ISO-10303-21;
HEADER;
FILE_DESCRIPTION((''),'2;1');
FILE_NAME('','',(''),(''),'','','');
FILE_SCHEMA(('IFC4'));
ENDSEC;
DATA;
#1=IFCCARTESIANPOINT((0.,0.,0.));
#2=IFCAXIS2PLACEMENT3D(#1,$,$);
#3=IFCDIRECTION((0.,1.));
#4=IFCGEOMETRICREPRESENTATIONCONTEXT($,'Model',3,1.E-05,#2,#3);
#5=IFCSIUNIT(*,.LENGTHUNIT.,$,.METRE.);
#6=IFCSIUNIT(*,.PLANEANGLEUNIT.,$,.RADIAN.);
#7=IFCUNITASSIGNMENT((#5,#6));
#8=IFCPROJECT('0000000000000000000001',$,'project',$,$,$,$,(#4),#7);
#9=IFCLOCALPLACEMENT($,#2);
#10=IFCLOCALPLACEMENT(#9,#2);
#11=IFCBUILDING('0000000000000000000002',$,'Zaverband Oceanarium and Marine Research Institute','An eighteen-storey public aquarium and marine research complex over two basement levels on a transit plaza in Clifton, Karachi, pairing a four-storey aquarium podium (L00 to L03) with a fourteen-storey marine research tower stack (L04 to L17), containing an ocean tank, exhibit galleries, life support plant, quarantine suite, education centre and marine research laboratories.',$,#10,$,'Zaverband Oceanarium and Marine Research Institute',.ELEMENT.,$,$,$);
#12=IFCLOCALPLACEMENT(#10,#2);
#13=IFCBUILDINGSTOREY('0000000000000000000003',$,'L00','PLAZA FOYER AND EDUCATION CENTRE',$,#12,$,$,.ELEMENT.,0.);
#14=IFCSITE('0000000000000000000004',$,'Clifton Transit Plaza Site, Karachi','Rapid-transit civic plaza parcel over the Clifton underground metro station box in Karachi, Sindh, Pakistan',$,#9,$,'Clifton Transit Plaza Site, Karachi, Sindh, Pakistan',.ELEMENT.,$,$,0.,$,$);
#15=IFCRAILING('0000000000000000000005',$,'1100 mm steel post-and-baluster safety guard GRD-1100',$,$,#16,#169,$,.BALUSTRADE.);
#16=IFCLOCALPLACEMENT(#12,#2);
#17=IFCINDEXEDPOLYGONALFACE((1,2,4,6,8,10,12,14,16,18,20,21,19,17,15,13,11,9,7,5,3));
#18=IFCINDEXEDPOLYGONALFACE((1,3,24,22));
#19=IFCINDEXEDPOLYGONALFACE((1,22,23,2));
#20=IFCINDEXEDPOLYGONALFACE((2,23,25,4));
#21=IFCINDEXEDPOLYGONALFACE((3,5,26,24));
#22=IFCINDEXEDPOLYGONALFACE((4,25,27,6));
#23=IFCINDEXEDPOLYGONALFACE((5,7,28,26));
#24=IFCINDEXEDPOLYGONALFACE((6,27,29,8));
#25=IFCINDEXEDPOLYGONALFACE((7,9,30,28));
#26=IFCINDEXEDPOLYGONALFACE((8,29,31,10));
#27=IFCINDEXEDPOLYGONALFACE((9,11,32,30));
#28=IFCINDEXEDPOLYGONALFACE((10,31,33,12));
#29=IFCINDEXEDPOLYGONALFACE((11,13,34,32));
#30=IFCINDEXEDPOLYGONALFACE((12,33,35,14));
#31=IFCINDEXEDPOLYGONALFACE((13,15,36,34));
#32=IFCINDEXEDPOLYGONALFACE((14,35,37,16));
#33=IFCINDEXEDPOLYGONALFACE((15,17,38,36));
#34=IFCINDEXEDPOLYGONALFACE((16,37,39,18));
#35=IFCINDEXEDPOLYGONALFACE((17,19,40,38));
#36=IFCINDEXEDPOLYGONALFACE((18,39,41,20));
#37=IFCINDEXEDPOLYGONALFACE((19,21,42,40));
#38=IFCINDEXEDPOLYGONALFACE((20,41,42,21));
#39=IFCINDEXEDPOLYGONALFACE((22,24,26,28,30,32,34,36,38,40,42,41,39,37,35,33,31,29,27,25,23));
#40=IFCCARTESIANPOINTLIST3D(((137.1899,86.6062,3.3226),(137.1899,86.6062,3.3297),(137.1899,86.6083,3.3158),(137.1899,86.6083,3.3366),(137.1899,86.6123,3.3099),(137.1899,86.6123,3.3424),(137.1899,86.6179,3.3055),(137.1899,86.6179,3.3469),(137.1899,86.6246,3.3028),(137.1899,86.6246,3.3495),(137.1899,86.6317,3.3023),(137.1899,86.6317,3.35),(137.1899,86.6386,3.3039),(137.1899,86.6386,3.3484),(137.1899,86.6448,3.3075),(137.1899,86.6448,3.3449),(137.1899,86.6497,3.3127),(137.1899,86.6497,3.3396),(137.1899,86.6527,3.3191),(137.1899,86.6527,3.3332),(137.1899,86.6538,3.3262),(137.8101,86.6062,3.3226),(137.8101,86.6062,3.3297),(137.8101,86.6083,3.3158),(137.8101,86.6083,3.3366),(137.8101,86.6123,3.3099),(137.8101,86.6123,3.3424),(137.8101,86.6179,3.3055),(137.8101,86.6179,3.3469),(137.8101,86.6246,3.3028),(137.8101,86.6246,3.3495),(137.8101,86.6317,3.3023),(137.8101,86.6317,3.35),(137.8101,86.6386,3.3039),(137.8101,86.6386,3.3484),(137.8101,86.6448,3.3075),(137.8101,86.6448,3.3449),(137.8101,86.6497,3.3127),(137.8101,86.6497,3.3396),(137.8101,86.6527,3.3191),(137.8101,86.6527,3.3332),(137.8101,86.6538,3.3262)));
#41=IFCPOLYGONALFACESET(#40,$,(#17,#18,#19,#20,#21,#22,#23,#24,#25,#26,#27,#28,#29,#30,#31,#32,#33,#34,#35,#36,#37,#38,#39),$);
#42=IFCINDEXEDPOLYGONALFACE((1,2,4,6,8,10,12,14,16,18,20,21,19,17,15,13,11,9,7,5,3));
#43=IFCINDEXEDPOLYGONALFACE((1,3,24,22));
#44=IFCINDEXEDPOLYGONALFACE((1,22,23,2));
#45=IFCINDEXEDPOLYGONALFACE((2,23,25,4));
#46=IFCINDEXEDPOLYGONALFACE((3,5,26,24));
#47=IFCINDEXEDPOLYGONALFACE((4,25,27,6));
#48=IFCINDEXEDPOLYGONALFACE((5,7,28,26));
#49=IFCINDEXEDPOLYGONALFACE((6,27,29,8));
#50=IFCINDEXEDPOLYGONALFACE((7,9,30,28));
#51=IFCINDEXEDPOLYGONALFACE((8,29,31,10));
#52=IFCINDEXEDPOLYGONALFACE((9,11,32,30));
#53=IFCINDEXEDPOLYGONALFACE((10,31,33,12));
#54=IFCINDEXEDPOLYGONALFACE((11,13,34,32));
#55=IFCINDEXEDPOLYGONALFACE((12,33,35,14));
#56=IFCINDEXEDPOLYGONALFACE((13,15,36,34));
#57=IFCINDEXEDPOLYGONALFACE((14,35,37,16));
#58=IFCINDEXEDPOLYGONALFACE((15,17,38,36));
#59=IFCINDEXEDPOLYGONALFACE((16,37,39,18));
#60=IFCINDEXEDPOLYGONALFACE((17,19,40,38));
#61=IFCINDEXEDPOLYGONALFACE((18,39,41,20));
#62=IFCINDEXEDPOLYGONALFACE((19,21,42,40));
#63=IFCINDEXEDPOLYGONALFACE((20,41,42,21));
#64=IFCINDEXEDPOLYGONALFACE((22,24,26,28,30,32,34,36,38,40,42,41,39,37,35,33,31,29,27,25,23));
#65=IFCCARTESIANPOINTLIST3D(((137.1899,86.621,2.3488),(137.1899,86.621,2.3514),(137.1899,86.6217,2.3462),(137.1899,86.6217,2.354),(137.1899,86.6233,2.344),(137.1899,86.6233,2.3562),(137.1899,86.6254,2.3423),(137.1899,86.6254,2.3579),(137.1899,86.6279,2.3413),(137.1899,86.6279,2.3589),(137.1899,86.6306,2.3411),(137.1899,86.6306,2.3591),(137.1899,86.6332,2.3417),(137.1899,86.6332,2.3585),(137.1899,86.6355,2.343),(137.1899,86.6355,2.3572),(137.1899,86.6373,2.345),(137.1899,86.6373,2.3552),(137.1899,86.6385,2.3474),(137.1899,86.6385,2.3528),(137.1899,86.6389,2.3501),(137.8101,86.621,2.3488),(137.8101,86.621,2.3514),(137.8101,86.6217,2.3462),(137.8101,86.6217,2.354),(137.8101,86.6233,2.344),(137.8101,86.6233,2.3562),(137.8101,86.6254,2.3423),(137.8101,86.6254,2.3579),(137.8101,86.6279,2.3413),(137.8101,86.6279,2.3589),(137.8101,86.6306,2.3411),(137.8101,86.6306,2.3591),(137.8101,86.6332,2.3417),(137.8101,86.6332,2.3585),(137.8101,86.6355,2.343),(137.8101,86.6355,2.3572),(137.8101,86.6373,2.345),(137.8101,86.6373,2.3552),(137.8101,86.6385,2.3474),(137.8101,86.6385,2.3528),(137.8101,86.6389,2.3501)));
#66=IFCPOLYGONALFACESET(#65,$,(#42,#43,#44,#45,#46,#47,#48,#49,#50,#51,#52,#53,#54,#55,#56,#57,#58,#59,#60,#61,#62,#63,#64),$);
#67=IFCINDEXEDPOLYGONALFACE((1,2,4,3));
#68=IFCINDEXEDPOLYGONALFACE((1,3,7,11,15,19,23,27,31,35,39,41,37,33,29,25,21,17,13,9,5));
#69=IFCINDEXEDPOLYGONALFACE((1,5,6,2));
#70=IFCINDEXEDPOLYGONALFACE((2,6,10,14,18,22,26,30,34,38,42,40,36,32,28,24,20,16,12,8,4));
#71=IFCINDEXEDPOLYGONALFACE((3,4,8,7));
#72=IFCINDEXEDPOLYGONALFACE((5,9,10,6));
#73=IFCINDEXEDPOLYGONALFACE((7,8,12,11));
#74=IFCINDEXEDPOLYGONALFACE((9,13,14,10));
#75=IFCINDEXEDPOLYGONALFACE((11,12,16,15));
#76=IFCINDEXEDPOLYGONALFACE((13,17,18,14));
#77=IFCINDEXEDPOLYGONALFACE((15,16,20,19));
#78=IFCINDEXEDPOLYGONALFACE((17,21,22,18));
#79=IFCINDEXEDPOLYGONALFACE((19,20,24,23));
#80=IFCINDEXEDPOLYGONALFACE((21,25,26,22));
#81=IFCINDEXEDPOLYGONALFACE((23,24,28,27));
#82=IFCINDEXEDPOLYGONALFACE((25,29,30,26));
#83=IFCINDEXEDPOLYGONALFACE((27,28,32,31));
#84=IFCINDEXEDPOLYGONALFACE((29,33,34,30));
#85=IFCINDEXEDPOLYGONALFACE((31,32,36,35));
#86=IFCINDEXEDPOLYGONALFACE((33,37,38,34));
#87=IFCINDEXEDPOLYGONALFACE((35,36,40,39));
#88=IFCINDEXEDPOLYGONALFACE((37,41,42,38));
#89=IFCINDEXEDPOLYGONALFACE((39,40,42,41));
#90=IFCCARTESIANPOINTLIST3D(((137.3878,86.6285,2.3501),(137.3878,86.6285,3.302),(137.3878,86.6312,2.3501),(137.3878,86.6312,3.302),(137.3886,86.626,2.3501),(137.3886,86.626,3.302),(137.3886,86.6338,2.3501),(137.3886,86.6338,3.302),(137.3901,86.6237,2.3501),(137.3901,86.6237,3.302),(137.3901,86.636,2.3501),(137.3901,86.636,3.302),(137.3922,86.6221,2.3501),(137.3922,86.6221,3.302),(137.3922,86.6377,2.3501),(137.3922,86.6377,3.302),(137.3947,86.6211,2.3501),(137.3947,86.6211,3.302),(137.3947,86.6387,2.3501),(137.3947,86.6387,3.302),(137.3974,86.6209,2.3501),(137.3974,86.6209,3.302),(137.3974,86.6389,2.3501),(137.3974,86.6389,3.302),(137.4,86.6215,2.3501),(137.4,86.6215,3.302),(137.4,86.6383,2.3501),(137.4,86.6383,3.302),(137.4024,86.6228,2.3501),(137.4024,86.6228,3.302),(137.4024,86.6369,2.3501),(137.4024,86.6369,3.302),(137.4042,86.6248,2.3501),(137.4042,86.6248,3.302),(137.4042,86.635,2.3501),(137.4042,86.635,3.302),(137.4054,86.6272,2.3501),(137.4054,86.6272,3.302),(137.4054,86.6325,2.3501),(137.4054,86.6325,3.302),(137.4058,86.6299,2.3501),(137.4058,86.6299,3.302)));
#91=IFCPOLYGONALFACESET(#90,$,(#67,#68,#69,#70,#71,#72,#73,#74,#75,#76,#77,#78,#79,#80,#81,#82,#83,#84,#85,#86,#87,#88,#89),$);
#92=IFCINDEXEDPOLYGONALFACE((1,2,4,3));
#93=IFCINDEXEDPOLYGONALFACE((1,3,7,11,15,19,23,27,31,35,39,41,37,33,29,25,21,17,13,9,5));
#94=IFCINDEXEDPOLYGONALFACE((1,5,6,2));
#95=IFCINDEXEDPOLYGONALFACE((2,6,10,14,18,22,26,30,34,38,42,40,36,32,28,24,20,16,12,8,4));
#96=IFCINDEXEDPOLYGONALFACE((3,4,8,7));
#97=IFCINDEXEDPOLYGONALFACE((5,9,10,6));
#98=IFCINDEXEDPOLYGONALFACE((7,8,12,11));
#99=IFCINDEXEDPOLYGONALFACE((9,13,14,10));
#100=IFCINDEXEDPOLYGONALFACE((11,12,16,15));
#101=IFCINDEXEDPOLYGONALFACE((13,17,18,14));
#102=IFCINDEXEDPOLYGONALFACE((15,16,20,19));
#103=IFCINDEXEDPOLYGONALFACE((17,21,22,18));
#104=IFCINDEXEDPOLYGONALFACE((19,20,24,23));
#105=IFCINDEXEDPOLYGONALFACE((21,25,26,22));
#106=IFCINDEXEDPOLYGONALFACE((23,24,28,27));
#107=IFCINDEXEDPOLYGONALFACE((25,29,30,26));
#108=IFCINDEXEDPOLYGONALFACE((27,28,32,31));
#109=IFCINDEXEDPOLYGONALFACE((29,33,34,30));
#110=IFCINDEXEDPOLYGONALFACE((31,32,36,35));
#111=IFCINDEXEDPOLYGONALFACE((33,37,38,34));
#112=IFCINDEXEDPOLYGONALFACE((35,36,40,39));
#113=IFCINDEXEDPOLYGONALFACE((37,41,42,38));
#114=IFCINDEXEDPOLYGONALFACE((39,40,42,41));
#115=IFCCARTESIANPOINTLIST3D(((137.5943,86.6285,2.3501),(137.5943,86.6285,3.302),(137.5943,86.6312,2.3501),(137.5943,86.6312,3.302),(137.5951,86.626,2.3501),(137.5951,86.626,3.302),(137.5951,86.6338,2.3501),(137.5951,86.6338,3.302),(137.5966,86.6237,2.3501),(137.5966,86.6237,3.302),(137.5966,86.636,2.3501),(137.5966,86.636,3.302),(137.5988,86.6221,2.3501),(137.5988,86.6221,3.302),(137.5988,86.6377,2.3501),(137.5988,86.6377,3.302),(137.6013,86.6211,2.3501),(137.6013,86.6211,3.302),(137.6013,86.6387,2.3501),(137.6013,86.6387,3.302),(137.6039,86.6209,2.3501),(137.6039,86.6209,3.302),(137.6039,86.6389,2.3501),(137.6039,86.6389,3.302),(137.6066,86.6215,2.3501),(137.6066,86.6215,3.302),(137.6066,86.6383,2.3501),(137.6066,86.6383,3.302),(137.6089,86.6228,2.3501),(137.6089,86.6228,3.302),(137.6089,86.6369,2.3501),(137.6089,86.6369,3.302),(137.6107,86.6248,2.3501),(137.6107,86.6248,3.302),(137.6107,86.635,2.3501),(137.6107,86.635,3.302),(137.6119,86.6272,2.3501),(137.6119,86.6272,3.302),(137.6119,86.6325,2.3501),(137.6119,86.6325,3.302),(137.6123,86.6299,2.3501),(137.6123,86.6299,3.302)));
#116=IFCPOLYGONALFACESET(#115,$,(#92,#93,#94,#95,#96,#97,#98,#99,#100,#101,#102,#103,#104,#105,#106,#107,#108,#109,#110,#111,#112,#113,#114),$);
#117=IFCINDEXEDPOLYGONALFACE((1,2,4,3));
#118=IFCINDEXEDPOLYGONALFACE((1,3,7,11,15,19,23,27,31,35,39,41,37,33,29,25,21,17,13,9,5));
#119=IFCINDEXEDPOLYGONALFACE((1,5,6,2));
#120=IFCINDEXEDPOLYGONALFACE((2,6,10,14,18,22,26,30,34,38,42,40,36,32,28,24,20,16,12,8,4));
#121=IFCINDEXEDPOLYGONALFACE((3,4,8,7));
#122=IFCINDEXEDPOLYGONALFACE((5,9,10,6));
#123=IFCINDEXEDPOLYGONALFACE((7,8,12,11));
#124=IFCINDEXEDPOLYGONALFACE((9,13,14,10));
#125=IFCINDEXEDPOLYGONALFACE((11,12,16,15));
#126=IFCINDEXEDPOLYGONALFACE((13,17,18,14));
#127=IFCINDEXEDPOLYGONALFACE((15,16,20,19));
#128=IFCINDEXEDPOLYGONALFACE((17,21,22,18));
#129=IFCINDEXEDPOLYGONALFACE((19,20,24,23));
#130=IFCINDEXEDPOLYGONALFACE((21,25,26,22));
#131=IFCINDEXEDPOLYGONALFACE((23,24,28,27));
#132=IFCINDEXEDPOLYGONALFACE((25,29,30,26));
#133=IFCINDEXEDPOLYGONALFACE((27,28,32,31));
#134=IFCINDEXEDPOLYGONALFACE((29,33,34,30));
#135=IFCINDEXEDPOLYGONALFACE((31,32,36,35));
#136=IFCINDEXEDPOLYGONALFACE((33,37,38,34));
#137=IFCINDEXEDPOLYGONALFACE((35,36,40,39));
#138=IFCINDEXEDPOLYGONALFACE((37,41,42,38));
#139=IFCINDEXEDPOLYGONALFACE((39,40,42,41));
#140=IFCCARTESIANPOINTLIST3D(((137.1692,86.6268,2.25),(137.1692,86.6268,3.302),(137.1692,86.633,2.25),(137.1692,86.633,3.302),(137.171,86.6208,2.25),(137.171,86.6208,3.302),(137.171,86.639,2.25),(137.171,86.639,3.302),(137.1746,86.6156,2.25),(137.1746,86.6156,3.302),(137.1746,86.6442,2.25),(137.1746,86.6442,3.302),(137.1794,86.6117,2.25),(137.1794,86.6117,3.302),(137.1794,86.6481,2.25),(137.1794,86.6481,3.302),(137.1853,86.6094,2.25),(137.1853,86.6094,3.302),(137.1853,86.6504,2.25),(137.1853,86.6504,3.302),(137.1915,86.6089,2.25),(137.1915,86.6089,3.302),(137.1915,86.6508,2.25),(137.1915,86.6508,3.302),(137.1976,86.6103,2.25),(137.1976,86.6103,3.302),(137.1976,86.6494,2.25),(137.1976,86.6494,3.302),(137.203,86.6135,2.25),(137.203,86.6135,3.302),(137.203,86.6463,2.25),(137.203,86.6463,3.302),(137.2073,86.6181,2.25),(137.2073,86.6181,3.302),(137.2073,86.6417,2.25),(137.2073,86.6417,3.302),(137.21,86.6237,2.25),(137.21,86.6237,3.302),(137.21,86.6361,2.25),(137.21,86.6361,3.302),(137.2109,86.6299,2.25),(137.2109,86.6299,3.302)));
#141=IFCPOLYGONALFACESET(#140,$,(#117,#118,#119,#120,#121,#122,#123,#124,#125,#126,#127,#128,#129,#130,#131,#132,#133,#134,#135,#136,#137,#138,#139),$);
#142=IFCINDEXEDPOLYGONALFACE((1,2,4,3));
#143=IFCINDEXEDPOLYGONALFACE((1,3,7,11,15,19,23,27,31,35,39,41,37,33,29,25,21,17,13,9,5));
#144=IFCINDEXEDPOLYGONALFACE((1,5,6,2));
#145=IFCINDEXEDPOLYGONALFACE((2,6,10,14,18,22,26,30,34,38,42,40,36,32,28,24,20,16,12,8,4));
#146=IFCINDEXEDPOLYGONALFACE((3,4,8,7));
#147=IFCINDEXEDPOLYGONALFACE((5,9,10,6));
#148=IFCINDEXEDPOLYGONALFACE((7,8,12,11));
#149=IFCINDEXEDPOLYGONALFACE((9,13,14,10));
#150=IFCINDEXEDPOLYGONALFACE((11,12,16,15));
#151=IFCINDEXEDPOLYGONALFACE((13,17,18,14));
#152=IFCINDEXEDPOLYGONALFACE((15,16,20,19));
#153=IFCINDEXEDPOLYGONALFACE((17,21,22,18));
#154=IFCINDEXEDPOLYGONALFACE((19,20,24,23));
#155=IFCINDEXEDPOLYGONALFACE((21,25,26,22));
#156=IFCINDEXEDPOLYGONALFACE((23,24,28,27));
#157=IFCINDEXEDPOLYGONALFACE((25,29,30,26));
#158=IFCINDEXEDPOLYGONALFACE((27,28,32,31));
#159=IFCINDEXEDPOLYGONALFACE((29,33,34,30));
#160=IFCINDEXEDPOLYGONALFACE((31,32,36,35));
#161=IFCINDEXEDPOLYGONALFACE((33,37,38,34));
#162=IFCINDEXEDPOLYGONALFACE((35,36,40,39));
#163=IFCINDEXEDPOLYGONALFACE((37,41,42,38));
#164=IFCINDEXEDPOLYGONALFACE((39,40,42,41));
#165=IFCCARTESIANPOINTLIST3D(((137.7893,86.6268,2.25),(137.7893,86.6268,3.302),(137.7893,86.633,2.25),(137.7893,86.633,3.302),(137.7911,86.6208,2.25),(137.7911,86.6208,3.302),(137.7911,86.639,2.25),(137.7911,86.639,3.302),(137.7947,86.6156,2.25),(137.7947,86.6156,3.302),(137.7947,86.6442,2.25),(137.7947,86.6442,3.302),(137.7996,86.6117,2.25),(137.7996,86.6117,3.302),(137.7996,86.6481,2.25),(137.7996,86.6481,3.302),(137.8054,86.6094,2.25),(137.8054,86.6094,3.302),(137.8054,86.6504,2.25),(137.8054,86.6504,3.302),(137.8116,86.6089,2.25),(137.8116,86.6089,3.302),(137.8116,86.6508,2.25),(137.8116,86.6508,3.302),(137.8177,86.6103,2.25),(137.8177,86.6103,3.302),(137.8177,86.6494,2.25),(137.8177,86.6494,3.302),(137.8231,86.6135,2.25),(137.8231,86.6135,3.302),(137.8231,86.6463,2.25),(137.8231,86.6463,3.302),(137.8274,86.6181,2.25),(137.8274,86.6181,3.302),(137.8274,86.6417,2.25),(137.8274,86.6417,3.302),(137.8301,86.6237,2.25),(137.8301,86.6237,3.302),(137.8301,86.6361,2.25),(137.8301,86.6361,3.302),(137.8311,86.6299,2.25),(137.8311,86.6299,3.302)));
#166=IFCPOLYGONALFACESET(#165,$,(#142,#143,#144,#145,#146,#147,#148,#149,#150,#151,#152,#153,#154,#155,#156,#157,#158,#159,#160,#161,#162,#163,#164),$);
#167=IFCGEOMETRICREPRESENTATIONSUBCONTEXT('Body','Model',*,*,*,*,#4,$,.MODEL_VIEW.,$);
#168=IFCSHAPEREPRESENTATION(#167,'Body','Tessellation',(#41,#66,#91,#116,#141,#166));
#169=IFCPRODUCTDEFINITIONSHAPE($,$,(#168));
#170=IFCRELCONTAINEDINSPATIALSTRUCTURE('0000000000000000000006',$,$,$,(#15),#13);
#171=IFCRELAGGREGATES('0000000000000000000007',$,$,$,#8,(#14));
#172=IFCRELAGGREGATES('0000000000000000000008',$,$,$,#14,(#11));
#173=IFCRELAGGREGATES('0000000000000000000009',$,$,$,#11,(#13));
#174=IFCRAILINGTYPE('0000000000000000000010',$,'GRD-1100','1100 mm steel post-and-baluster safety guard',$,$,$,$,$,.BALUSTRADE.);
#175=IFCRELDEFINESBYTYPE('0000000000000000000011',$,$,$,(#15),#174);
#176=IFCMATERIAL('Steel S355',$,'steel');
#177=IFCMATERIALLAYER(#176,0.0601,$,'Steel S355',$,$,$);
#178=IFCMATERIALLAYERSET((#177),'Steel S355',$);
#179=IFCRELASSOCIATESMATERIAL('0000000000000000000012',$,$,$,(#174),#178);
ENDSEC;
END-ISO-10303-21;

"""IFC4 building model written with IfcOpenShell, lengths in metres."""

from ifc_helpers import new_model, si_unit, direction, frame, origin, origin_2d, place, context, subcontext, project, spatial, circle, extrude, material, layer, layer_set, type_object, element, save


model = new_model("IFC4")

# Units and contexts
model_context = context("Model", 3, precision=1e-05, world=origin(), true_north=direction((0.0, 1.0)))
body_context = subcontext(model_context, "Body", "Model", "MODEL_VIEW")
ifc_project = project(units=[si_unit("LENGTHUNIT", "METRE"), si_unit("PLANEANGLEUNIT", "RADIAN")], contexts=[model_context])

# Site, building, storey
site_placement = place(None, origin())
site = spatial("IfcSite", under=ifc_project, at=site_placement, Name="Clifton Transit Plaza Site, Karachi", Description="Rapid-transit civic plaza parcel over the Clifton underground metro station box in Karachi, Sindh, Pakistan", LongName="Clifton Transit Plaza Site, Karachi, Sindh, Pakistan", CompositionType="ELEMENT", RefElevation=0.0)
building_placement = place(site_placement, origin())
building = spatial("IfcBuilding", under=site, at=building_placement, Name="Zaverband Oceanarium and Marine Research Institute", Description="An eighteen-storey public aquarium and marine research complex over two basement levels on a transit plaza in Clifton, Karachi, pairing a four-storey aquarium podium (L00 to L03) with a fourteen-storey marine research tower stack (L04 to L17), containing an ocean tank, exhibit galleries, life support plant, quarantine suite, education centre and marine research laboratories.", LongName="Zaverband Oceanarium and Marine Research Institute", CompositionType="ELEMENT")
storey_placement = place(building_placement, origin())
storey = spatial("IfcBuildingStorey", under=building, at=storey_placement, Name="L00", Description="PLAZA FOYER AND EDUCATION CENTRE", CompositionType="ELEMENT", Elevation=0.0)

# Shared definitions
ifc_material_1 = material(Name="Steel S355", Category="steel")

# Railing
ifc_layer_1 = layer(ifc_material_1, 0.0601, Name="Steel S355")
ifc_layer_set_1 = layer_set([ifc_layer_1], Name="Steel S355")
railing_type_1 = type_object("IfcRailingType", Name="GRD-1100", Description="1100 mm steel post-and-baluster safety guard", PredefinedType="BALUSTRADE", material=ifc_layer_set_1)
for number, where, name in (
    (1, (137.1899, 86.6299, 2.25), "1100 mm steel post-and-baluster safety guard GRD-1100"),
):
    element("IfcRailing", number, at=place(storey_placement, frame(where)), inside=storey, type_object=railing_type_1, Name=name, PredefinedType="BALUSTRADE", context=body_context, shape_type="SweptSolid", body=[
        extrude(circle(Radius=0.0239, at=origin_2d()), frame((0.0, 0.0, 1.0762), z_axis=(1.0, 0.0, 0.0), x_axis=(0.0, 1.0, 0.0)), (0.0, 0.0, 1.0), 0.6201),
        extrude(circle(Radius=0.009, at=origin_2d()), frame((0.0, 0.0, 0.1001), z_axis=(1.0, 0.0, 0.0), x_axis=(0.0, 1.0, 0.0)), (0.0, 0.0, 1.0), 0.6201),
        extrude(circle(Radius=0.009, at=origin_2d()), frame((0.2068, 0.0, 0.1001)), (0.0, 0.0, 1.0), 0.9519),
        extrude(circle(Radius=0.009, at=origin_2d()), frame((0.4133, 0.0, 0.1001)), (0.0, 0.0, 1.0), 0.9519),
        extrude(circle(Radius=0.021, at=origin_2d()), origin(), (0.0, 0.0, 1.0), 1.052),
        extrude(circle(Radius=0.021, at=origin_2d()), frame((0.6201, 0.0, 0.0)), (0.0, 0.0, 1.0), 1.052),
    ])

save(model, "model.ifc")
